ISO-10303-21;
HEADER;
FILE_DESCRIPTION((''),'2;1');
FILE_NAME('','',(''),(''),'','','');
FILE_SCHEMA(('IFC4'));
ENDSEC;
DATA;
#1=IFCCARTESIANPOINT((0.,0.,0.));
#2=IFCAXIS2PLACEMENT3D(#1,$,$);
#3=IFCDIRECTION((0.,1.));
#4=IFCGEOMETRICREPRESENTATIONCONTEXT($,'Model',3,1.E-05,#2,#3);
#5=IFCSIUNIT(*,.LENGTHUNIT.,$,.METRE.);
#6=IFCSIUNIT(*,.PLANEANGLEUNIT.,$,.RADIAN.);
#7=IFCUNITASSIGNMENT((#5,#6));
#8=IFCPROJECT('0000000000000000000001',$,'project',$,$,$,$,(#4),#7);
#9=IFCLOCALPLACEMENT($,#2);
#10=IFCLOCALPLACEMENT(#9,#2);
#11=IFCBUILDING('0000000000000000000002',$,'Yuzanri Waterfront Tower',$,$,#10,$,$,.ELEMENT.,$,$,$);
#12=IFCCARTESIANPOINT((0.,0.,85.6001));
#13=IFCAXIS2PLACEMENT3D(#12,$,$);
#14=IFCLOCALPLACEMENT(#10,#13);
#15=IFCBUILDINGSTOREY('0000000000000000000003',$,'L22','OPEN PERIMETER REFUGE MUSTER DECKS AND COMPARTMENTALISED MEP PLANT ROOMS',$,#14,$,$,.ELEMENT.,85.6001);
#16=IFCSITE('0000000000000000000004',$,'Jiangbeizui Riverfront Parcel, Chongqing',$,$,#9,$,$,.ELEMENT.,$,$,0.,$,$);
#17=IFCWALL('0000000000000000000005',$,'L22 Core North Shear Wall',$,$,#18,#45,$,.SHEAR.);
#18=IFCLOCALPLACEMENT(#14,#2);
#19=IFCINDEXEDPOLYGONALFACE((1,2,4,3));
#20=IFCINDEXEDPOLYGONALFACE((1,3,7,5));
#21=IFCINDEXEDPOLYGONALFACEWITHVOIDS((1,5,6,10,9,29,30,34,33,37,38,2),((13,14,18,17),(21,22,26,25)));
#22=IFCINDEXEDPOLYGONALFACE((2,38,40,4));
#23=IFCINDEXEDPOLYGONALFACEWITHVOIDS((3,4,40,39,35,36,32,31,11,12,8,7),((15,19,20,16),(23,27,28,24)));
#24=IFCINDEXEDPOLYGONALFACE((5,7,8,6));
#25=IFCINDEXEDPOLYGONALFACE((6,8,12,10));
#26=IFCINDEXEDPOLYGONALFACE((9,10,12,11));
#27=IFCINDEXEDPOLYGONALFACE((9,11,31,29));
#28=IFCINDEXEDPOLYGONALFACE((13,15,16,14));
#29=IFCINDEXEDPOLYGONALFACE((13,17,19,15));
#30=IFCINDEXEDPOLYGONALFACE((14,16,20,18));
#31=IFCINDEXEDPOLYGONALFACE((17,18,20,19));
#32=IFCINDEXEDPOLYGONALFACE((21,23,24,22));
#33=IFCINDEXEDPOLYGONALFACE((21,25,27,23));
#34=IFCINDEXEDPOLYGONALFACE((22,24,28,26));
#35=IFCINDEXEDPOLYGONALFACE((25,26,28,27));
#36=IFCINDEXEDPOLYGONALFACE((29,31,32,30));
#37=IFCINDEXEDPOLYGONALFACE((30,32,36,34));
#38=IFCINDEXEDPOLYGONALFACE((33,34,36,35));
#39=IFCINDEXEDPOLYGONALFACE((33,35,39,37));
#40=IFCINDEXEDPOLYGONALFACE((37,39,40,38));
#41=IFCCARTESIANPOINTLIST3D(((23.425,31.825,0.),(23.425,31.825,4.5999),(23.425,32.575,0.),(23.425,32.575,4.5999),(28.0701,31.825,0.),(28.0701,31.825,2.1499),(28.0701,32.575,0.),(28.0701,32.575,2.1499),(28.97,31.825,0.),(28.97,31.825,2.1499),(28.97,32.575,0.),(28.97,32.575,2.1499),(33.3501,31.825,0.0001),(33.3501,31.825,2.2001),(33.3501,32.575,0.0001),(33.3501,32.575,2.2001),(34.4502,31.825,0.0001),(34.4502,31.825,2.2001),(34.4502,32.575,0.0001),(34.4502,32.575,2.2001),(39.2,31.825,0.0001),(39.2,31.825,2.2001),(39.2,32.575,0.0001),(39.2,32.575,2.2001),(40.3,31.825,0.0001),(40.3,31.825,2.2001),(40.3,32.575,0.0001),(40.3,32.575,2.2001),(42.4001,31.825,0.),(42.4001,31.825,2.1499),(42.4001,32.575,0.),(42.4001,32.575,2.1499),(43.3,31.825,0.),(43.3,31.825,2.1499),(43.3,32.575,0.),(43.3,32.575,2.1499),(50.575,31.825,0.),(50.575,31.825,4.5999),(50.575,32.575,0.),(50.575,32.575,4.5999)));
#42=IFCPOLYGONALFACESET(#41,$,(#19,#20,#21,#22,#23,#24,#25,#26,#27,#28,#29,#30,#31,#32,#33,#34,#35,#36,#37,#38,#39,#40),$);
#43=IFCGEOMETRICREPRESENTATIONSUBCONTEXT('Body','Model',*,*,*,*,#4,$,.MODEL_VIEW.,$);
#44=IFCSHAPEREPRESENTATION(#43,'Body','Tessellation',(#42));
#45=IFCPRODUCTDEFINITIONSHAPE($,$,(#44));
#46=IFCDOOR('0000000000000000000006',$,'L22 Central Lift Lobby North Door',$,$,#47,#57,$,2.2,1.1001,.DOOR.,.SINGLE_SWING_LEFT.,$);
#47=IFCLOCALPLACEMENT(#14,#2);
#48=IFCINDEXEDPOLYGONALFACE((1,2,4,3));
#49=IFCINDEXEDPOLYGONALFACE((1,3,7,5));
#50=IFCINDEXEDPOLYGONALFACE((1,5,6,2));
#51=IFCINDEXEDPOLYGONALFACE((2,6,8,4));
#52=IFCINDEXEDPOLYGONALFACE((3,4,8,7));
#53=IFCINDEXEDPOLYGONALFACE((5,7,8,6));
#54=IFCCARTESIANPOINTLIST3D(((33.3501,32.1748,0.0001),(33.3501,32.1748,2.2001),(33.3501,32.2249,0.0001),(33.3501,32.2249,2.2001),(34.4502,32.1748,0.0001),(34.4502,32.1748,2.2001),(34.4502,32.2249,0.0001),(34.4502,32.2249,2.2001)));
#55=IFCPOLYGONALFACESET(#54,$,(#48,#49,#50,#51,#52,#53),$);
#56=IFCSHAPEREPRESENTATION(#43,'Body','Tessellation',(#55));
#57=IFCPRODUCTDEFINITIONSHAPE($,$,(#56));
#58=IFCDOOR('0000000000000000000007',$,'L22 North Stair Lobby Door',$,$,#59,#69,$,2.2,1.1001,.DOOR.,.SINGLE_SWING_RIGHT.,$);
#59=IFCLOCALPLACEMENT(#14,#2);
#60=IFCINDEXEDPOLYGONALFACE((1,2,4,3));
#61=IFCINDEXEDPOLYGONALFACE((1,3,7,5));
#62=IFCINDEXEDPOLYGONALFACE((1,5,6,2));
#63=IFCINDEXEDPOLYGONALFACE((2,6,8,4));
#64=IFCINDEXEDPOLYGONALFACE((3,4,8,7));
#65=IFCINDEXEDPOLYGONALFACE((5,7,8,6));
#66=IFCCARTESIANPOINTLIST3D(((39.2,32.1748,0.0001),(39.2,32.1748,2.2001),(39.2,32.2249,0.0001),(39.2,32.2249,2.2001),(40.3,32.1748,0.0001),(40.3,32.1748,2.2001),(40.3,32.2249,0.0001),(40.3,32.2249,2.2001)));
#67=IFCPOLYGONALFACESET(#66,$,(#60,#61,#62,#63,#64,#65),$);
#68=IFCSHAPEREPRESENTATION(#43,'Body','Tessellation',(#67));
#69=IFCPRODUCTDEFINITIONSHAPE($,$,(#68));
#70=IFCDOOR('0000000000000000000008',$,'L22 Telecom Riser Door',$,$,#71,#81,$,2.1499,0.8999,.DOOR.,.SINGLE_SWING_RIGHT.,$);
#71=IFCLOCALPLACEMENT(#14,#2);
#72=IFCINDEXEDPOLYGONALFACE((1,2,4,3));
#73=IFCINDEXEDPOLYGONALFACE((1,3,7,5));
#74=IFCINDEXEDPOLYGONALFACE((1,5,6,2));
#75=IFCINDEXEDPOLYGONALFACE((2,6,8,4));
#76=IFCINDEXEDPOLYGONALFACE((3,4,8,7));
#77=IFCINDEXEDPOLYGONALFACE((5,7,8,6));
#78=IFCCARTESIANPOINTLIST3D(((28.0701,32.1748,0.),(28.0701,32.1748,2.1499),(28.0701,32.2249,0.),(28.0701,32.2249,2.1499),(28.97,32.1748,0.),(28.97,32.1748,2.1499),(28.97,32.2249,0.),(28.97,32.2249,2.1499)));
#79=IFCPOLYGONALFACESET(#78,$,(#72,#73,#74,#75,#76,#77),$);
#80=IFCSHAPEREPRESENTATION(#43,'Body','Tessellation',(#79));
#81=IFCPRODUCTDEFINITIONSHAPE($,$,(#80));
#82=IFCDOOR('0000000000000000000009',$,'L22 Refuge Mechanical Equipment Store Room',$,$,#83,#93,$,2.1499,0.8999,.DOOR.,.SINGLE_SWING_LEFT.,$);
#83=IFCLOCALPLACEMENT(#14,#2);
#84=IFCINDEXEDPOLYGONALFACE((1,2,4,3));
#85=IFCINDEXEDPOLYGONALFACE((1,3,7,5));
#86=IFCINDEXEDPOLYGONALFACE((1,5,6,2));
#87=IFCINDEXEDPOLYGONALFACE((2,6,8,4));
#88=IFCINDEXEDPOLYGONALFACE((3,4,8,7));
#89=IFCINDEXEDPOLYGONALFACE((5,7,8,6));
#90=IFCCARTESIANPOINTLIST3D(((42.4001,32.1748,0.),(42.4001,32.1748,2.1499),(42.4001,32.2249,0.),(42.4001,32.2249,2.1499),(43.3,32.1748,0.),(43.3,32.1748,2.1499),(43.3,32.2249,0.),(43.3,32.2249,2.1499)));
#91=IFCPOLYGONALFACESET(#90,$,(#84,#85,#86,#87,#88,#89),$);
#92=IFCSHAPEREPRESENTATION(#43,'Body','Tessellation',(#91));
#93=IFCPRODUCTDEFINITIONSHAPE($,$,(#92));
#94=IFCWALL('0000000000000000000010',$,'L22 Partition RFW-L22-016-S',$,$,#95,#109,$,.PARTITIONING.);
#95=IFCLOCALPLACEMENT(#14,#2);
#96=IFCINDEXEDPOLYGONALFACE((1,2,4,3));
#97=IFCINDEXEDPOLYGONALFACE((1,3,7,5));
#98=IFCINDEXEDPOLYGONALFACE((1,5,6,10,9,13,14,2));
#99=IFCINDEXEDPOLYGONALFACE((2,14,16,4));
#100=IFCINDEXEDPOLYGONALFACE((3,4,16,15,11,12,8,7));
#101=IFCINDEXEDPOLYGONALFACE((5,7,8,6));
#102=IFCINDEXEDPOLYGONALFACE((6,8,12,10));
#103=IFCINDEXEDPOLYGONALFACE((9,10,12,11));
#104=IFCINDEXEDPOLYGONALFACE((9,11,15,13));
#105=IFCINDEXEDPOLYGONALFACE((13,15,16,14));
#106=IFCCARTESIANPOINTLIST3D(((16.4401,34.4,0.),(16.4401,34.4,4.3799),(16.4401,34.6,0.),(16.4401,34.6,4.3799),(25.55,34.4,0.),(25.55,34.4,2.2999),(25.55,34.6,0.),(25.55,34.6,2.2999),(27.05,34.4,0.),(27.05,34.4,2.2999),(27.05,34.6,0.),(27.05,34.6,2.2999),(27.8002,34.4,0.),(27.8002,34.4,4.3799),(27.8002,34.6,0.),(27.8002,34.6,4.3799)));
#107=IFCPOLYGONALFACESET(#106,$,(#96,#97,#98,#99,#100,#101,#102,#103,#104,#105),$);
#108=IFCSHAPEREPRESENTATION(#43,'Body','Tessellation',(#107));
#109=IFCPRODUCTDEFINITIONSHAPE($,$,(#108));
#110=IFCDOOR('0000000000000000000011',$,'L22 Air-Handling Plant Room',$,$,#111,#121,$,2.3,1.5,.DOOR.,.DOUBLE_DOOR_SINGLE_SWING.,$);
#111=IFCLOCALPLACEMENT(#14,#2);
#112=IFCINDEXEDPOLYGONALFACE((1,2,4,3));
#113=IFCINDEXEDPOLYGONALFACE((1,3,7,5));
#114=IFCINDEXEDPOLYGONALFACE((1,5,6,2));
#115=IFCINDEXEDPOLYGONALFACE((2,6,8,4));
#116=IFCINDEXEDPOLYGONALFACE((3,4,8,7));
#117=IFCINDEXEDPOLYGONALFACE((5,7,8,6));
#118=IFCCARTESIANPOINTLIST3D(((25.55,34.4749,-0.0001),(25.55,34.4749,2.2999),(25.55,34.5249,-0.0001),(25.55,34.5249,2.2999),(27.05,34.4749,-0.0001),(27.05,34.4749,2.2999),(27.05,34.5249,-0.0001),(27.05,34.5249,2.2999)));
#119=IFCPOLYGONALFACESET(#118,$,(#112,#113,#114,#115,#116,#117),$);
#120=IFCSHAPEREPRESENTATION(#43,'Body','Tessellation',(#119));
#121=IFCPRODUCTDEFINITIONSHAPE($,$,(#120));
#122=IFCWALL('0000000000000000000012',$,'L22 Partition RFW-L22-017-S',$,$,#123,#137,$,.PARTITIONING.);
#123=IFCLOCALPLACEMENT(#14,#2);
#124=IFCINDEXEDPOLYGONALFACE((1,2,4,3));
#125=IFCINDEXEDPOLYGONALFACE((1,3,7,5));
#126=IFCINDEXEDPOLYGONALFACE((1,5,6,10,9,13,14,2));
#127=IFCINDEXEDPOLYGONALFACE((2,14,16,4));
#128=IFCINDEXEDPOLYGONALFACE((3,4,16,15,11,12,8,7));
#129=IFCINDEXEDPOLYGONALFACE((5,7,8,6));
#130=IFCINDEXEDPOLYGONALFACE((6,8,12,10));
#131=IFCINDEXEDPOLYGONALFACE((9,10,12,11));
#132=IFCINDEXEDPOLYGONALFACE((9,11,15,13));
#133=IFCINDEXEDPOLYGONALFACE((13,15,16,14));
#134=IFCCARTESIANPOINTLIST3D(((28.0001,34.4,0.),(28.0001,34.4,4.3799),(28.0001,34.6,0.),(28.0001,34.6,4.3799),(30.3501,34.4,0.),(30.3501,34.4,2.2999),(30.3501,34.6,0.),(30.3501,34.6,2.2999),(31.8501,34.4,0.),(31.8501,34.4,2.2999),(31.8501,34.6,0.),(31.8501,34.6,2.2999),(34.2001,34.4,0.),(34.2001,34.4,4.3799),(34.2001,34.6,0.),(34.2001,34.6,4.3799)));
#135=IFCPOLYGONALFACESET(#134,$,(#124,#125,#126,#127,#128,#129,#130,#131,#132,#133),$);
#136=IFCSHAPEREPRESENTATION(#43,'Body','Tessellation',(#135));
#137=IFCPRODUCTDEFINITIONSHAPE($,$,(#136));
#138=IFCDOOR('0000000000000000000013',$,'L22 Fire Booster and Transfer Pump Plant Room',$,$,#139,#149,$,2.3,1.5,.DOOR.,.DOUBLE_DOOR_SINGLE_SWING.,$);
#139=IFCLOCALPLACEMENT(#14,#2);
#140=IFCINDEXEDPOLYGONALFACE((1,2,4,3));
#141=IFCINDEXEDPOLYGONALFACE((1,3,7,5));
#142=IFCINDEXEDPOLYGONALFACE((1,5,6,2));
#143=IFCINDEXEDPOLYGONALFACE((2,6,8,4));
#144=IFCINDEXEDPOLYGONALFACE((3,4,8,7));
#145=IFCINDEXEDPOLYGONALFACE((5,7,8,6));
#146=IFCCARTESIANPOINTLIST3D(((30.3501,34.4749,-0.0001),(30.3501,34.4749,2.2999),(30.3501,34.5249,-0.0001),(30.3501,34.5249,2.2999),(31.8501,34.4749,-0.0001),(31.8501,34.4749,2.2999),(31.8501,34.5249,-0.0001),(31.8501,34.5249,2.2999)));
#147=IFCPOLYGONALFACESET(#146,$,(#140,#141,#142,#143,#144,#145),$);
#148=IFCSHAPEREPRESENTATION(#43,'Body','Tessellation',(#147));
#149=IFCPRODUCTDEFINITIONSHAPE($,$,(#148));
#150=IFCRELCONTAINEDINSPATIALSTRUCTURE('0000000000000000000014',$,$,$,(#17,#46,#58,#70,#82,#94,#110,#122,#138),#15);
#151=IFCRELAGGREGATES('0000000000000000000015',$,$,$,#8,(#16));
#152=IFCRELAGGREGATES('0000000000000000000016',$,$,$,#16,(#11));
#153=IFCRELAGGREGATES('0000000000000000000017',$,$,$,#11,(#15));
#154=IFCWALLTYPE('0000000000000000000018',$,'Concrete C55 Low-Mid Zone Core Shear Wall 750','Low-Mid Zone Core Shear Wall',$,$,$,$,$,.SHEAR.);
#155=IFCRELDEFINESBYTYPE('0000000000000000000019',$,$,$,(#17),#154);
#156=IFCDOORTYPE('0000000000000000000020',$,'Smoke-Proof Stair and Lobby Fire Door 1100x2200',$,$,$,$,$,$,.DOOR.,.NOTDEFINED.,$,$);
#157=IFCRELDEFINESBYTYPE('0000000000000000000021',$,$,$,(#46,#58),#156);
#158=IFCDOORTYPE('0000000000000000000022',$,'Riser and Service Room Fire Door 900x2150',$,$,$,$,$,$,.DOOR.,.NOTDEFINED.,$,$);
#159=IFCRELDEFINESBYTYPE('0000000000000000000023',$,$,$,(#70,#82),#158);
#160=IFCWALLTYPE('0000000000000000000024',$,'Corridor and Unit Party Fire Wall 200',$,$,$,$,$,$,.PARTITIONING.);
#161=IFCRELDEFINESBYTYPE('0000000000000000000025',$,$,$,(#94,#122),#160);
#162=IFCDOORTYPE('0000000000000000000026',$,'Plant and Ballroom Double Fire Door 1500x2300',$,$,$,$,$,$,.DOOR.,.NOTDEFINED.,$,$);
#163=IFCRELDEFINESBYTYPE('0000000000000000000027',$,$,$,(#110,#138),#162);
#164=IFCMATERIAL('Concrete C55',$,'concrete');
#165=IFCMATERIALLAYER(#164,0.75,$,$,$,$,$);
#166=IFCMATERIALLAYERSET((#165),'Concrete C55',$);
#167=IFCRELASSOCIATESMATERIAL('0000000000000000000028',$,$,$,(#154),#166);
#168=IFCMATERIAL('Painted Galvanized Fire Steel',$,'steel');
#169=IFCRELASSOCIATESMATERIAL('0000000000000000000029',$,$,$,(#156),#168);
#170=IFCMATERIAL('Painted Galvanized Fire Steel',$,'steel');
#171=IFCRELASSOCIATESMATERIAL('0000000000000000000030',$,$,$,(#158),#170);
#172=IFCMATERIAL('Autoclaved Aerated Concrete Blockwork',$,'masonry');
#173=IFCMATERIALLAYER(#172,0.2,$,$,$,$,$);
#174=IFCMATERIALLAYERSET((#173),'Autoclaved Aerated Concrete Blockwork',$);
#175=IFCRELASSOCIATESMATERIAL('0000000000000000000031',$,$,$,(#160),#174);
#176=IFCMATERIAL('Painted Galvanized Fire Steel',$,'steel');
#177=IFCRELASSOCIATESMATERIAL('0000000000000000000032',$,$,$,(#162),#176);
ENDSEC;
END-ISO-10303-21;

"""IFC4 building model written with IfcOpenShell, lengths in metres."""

from ifc_helpers import new_model, si_unit, direction, frame, frame_2d, origin, place, context, subcontext, project, spatial, rectangle, extrude, source, transform, mapped, material, layer, layer_set, type_object, element, fill, save


model = new_model("IFC4")

# Units and contexts
model_context = context("Model", 3, precision=1e-05, world=origin(), true_north=direction((0.0, 1.0)))
body_context = subcontext(model_context, "Body", "Model", "MODEL_VIEW")
ifc_project = project(units=[si_unit("LENGTHUNIT", "METRE"), si_unit("PLANEANGLEUNIT", "RADIAN")], contexts=[model_context])

# Site, building, storey
site_placement = place(None, origin())
site = spatial("IfcSite", under=ifc_project, at=site_placement, Name="Jiangbeizui Riverfront Parcel, Chongqing", CompositionType="ELEMENT", RefElevation=0.0)
building_placement = place(site_placement, origin())
building = spatial("IfcBuilding", under=site, at=building_placement, Name="Yuzanri Waterfront Tower", CompositionType="ELEMENT")
storey_placement = place(building_placement, frame((0.0, 0.0, 85.6001)))
storey = spatial("IfcBuildingStorey", under=building, at=storey_placement, Name="L22", Description="OPEN PERIMETER REFUGE MUSTER DECKS AND COMPARTMENTALISED MEP PLANT ROOMS", CompositionType="ELEMENT", Elevation=85.6001)

# Wall, openings, doors
ifc_material_1 = material(Name="Concrete C55", Category="concrete")
ifc_layer_1 = layer(ifc_material_1, 0.75)
ifc_layer_set_1 = layer_set([ifc_layer_1], Name="Concrete C55")
wall_type_1 = type_object("IfcWallType", Name="Concrete C55 Low-Mid Zone Core Shear Wall 750", Description="Low-Mid Zone Core Shear Wall", PredefinedType="SHEAR", material=ifc_layer_set_1)
wall_1_placement = place(storey_placement, frame((23.425, 32.2, 0.0), z_axis=(0.0, 0.0, 1.0), x_axis=(1.0, 0.0, 0.0)))
wall_1 = element("IfcWall", 1, at=wall_1_placement, inside=storey, type_object=wall_type_1, Name="L22 Core North Shear Wall", PredefinedType="SHEAR", context=body_context, shape_type="SweptSolid", body=[
    extrude(rectangle(XDim=27.1499, YDim=0.75, at=frame_2d((13.575, 0.0))), origin(), (0.0, 0.0, 1.0), 4.5999),
])
opening_1_placement = place(wall_1_placement, frame((4.645, 0.0, 0.0)))
opening_1 = element("IfcOpeningElement", 2, at=opening_1_placement, cuts=wall_1, PredefinedType="OPENING", context=body_context, shape_type="SweptSolid", body=[
    extrude(rectangle(XDim=0.8999, YDim=2.1499, at=frame_2d((0.45, 1.075))), frame((0.0, 0.3899, 0.0), z_axis=(0.0, -1.0, 0.0), x_axis=(1.0, 0.0, 0.0)), (0.0, 0.0, 1.0), 0.7798),
])
opening_2_placement = place(wall_1_placement, frame((9.925, 0.0, 0.0)))
opening_2 = element("IfcOpeningElement", 3, at=opening_2_placement, cuts=wall_1, PredefinedType="OPENING", context=body_context, shape_type="SweptSolid", body=[
    extrude(rectangle(XDim=1.1001, YDim=2.2, at=frame_2d((0.55, 1.1001))), frame((0.0, 0.3899, 0.0), z_axis=(0.0, -1.0, 0.0), x_axis=(1.0, 0.0, 0.0)), (0.0, 0.0, 1.0), 0.7798),
])
opening_3_placement = place(wall_1_placement, frame((15.7749, 0.0, 0.0)))
opening_3 = element("IfcOpeningElement", 4, at=opening_3_placement, cuts=wall_1, PredefinedType="OPENING", context=body_context, shape_type="SweptSolid", body=[
    extrude(rectangle(XDim=1.1001, YDim=2.2, at=frame_2d((0.55, 1.1001))), frame((0.0, 0.3899, 0.0), z_axis=(0.0, -1.0, 0.0), x_axis=(1.0, 0.0, 0.0)), (0.0, 0.0, 1.0), 0.7798),
])
opening_4_placement = place(wall_1_placement, frame((18.9751, 0.0, 0.0)))
opening_4 = element("IfcOpeningElement", 5, at=opening_4_placement, cuts=wall_1, PredefinedType="OPENING", context=body_context, shape_type="SweptSolid", body=[
    extrude(rectangle(XDim=0.8999, YDim=2.1499, at=frame_2d((0.45, 1.075))), frame((0.0, 0.3899, 0.0), z_axis=(0.0, -1.0, 0.0), x_axis=(1.0, 0.0, 0.0)), (0.0, 0.0, 1.0), 0.7798),
])
ifc_material_2 = material(Name="Painted Galvanized Fire Steel", Category="steel")
door_type_1 = type_object("IfcDoorType", Name="Smoke-Proof Stair and Lobby Fire Door 1100x2200", OperationType="NOTDEFINED", PredefinedType="DOOR", material=ifc_material_2)
shared_shape_1 = source(origin(), body_context, "Body", "SweptSolid", [
    extrude(rectangle(XDim=1.1001, YDim=2.2, at=frame_2d((0.55, 1.1001))), frame((0.0, 0.0249, 0.0), z_axis=(0.0, -1.0, 0.0), x_axis=(1.0, 0.0, 0.0)), (0.0, 0.0, 1.0), 0.05),
])
door_1_placement = place(opening_2_placement, origin())
door_1 = element("IfcDoor", 6, at=door_1_placement, inside=storey, type_object=door_type_1, Name="L22 Central Lift Lobby North Door", OperationType="SINGLE_SWING_LEFT", OverallHeight=2.2, OverallWidth=1.1001, PredefinedType="DOOR", context=body_context, shape_type="MappedRepresentation", body=[
    mapped(shared_shape_1, transform((0.0, 0.0, 0.0), scale=1.0)),
])
fill(opening_2, door_1)
door_2_placement = place(opening_3_placement, origin())
door_2 = element("IfcDoor", 7, at=door_2_placement, inside=storey, type_object=door_type_1, Name="L22 North Stair Lobby Door", OperationType="SINGLE_SWING_RIGHT", OverallHeight=2.2, OverallWidth=1.1001, PredefinedType="DOOR", context=body_context, shape_type="MappedRepresentation", body=[
    mapped(shared_shape_1, transform((0.0, 0.0, 0.0), scale=1.0)),
])
fill(opening_3, door_2)
ifc_material_3 = material(Name="Painted Galvanized Fire Steel", Category="steel")
door_type_2 = type_object("IfcDoorType", Name="Riser and Service Room Fire Door 900x2150", OperationType="NOTDEFINED", PredefinedType="DOOR", material=ifc_material_3)
shared_shape_2 = source(origin(), body_context, "Body", "SweptSolid", [
    extrude(rectangle(XDim=0.8999, YDim=2.1499, at=frame_2d((0.45, 1.075))), frame((0.0, 0.0249, 0.0), z_axis=(0.0, -1.0, 0.0), x_axis=(1.0, 0.0, 0.0)), (0.0, 0.0, 1.0), 0.05),
])
door_3_placement = place(opening_1_placement, origin())
door_3 = element("IfcDoor", 8, at=door_3_placement, inside=storey, type_object=door_type_2, Name="L22 Telecom Riser Door", OperationType="SINGLE_SWING_RIGHT", OverallHeight=2.1499, OverallWidth=0.8999, PredefinedType="DOOR", context=body_context, shape_type="MappedRepresentation", body=[
    mapped(shared_shape_2, transform((0.0, 0.0, 0.0), scale=1.0)),
])
fill(opening_1, door_3)
door_4_placement = place(opening_4_placement, origin())
door_4 = element("IfcDoor", 9, at=door_4_placement, inside=storey, type_object=door_type_2, Name="L22 Refuge Mechanical Equipment Store Room", OperationType="SINGLE_SWING_LEFT", OverallHeight=2.1499, OverallWidth=0.8999, PredefinedType="DOOR", context=body_context, shape_type="MappedRepresentation", body=[
    mapped(shared_shape_2, transform((0.0, 0.0, 0.0), scale=1.0)),
])
fill(opening_4, door_4)

# Walls, openings, doors
ifc_material_4 = material(Name="Autoclaved Aerated Concrete Blockwork", Category="masonry")
ifc_layer_2 = layer(ifc_material_4, 0.2)
ifc_layer_set_2 = layer_set([ifc_layer_2], Name="Autoclaved Aerated Concrete Blockwork")
wall_type_2 = type_object("IfcWallType", Name="Corridor and Unit Party Fire Wall 200", PredefinedType="PARTITIONING", material=ifc_layer_set_2)
wall_2_placement = place(storey_placement, frame((16.4399, 34.5, 0.0), z_axis=(0.0, 0.0, 1.0), x_axis=(1.0, 0.0, 0.0)))
wall_2 = element("IfcWall", 10, at=wall_2_placement, inside=storey, type_object=wall_type_2, Name="L22 Partition RFW-L22-016-S", PredefinedType="PARTITIONING", context=body_context, shape_type="SweptSolid", body=[
    extrude(rectangle(XDim=11.3601, YDim=0.2, at=frame_2d((5.6802, 0.0))), origin(), (0.0, 0.0, 1.0), 4.3799),
])
opening_5_placement = place(wall_2_placement, frame((9.1101, 0.0, 0.0)))
opening_5 = element("IfcOpeningElement", 11, at=opening_5_placement, cuts=wall_2, PredefinedType="OPENING", context=body_context, shape_type="SweptSolid", body=[
    extrude(rectangle(XDim=1.5, YDim=2.3, at=frame_2d((0.75, 1.1499))), frame((0.0, 0.1147, 0.0), z_axis=(0.0, -1.0, 0.0), x_axis=(1.0, 0.0, 0.0)), (0.0, 0.0, 1.0), 0.2297),
])
ifc_material_5 = material(Name="Painted Galvanized Fire Steel", Category="steel")
door_type_3 = type_object("IfcDoorType", Name="Plant and Ballroom Double Fire Door 1500x2300", OperationType="NOTDEFINED", PredefinedType="DOOR", material=ifc_material_5)
shared_shape_3 = source(origin(), body_context, "Body", "SweptSolid", [
    extrude(rectangle(XDim=1.5, YDim=2.3, at=frame_2d((0.75, 1.1499))), frame((0.0, 0.0249, 0.0), z_axis=(0.0, -1.0, 0.0), x_axis=(1.0, 0.0, 0.0)), (0.0, 0.0, 1.0), 0.05),
])
door_5_placement = place(opening_5_placement, origin())
door_5 = element("IfcDoor", 12, at=door_5_placement, inside=storey, type_object=door_type_3, Name="L22 Air-Handling Plant Room", OperationType="DOUBLE_DOOR_SINGLE_SWING", OverallHeight=2.3, OverallWidth=1.5, PredefinedType="DOOR", context=body_context, shape_type="MappedRepresentation", body=[
    mapped(shared_shape_3, transform((0.0, 0.0, 0.0), scale=1.0)),
])
fill(opening_5, door_5)
wall_3_placement = place(storey_placement, frame((28.0, 34.5, 0.0), z_axis=(0.0, 0.0, 1.0), x_axis=(1.0, 0.0, 0.0)))
wall_3 = element("IfcWall", 13, at=wall_3_placement, inside=storey, type_object=wall_type_2, Name="L22 Partition RFW-L22-017-S", PredefinedType="PARTITIONING", context=body_context, shape_type="SweptSolid", body=[
    extrude(rectangle(XDim=6.2, YDim=0.2, at=frame_2d((3.1001, 0.0))), origin(), (0.0, 0.0, 1.0), 4.3799),
])
opening_6_placement = place(wall_3_placement, frame((2.3501, 0.0, 0.0)))
opening_6 = element("IfcOpeningElement", 14, at=opening_6_placement, cuts=wall_3, PredefinedType="OPENING", context=body_context, shape_type="SweptSolid", body=[
    extrude(rectangle(XDim=1.5, YDim=2.3, at=frame_2d((0.75, 1.1499))), frame((0.0, 0.1147, 0.0), z_axis=(0.0, -1.0, 0.0), x_axis=(1.0, 0.0, 0.0)), (0.0, 0.0, 1.0), 0.2297),
])
door_6_placement = place(opening_6_placement, origin())
door_6 = element("IfcDoor", 15, at=door_6_placement, inside=storey, type_object=door_type_3, Name="L22 Fire Booster and Transfer Pump Plant Room", OperationType="DOUBLE_DOOR_SINGLE_SWING", OverallHeight=2.3, OverallWidth=1.5, PredefinedType="DOOR", context=body_context, shape_type="MappedRepresentation", body=[
    mapped(shared_shape_3, transform((0.0, 0.0, 0.0), scale=1.0)),
])
fill(opening_6, door_6)

save(model, "model.ifc")
